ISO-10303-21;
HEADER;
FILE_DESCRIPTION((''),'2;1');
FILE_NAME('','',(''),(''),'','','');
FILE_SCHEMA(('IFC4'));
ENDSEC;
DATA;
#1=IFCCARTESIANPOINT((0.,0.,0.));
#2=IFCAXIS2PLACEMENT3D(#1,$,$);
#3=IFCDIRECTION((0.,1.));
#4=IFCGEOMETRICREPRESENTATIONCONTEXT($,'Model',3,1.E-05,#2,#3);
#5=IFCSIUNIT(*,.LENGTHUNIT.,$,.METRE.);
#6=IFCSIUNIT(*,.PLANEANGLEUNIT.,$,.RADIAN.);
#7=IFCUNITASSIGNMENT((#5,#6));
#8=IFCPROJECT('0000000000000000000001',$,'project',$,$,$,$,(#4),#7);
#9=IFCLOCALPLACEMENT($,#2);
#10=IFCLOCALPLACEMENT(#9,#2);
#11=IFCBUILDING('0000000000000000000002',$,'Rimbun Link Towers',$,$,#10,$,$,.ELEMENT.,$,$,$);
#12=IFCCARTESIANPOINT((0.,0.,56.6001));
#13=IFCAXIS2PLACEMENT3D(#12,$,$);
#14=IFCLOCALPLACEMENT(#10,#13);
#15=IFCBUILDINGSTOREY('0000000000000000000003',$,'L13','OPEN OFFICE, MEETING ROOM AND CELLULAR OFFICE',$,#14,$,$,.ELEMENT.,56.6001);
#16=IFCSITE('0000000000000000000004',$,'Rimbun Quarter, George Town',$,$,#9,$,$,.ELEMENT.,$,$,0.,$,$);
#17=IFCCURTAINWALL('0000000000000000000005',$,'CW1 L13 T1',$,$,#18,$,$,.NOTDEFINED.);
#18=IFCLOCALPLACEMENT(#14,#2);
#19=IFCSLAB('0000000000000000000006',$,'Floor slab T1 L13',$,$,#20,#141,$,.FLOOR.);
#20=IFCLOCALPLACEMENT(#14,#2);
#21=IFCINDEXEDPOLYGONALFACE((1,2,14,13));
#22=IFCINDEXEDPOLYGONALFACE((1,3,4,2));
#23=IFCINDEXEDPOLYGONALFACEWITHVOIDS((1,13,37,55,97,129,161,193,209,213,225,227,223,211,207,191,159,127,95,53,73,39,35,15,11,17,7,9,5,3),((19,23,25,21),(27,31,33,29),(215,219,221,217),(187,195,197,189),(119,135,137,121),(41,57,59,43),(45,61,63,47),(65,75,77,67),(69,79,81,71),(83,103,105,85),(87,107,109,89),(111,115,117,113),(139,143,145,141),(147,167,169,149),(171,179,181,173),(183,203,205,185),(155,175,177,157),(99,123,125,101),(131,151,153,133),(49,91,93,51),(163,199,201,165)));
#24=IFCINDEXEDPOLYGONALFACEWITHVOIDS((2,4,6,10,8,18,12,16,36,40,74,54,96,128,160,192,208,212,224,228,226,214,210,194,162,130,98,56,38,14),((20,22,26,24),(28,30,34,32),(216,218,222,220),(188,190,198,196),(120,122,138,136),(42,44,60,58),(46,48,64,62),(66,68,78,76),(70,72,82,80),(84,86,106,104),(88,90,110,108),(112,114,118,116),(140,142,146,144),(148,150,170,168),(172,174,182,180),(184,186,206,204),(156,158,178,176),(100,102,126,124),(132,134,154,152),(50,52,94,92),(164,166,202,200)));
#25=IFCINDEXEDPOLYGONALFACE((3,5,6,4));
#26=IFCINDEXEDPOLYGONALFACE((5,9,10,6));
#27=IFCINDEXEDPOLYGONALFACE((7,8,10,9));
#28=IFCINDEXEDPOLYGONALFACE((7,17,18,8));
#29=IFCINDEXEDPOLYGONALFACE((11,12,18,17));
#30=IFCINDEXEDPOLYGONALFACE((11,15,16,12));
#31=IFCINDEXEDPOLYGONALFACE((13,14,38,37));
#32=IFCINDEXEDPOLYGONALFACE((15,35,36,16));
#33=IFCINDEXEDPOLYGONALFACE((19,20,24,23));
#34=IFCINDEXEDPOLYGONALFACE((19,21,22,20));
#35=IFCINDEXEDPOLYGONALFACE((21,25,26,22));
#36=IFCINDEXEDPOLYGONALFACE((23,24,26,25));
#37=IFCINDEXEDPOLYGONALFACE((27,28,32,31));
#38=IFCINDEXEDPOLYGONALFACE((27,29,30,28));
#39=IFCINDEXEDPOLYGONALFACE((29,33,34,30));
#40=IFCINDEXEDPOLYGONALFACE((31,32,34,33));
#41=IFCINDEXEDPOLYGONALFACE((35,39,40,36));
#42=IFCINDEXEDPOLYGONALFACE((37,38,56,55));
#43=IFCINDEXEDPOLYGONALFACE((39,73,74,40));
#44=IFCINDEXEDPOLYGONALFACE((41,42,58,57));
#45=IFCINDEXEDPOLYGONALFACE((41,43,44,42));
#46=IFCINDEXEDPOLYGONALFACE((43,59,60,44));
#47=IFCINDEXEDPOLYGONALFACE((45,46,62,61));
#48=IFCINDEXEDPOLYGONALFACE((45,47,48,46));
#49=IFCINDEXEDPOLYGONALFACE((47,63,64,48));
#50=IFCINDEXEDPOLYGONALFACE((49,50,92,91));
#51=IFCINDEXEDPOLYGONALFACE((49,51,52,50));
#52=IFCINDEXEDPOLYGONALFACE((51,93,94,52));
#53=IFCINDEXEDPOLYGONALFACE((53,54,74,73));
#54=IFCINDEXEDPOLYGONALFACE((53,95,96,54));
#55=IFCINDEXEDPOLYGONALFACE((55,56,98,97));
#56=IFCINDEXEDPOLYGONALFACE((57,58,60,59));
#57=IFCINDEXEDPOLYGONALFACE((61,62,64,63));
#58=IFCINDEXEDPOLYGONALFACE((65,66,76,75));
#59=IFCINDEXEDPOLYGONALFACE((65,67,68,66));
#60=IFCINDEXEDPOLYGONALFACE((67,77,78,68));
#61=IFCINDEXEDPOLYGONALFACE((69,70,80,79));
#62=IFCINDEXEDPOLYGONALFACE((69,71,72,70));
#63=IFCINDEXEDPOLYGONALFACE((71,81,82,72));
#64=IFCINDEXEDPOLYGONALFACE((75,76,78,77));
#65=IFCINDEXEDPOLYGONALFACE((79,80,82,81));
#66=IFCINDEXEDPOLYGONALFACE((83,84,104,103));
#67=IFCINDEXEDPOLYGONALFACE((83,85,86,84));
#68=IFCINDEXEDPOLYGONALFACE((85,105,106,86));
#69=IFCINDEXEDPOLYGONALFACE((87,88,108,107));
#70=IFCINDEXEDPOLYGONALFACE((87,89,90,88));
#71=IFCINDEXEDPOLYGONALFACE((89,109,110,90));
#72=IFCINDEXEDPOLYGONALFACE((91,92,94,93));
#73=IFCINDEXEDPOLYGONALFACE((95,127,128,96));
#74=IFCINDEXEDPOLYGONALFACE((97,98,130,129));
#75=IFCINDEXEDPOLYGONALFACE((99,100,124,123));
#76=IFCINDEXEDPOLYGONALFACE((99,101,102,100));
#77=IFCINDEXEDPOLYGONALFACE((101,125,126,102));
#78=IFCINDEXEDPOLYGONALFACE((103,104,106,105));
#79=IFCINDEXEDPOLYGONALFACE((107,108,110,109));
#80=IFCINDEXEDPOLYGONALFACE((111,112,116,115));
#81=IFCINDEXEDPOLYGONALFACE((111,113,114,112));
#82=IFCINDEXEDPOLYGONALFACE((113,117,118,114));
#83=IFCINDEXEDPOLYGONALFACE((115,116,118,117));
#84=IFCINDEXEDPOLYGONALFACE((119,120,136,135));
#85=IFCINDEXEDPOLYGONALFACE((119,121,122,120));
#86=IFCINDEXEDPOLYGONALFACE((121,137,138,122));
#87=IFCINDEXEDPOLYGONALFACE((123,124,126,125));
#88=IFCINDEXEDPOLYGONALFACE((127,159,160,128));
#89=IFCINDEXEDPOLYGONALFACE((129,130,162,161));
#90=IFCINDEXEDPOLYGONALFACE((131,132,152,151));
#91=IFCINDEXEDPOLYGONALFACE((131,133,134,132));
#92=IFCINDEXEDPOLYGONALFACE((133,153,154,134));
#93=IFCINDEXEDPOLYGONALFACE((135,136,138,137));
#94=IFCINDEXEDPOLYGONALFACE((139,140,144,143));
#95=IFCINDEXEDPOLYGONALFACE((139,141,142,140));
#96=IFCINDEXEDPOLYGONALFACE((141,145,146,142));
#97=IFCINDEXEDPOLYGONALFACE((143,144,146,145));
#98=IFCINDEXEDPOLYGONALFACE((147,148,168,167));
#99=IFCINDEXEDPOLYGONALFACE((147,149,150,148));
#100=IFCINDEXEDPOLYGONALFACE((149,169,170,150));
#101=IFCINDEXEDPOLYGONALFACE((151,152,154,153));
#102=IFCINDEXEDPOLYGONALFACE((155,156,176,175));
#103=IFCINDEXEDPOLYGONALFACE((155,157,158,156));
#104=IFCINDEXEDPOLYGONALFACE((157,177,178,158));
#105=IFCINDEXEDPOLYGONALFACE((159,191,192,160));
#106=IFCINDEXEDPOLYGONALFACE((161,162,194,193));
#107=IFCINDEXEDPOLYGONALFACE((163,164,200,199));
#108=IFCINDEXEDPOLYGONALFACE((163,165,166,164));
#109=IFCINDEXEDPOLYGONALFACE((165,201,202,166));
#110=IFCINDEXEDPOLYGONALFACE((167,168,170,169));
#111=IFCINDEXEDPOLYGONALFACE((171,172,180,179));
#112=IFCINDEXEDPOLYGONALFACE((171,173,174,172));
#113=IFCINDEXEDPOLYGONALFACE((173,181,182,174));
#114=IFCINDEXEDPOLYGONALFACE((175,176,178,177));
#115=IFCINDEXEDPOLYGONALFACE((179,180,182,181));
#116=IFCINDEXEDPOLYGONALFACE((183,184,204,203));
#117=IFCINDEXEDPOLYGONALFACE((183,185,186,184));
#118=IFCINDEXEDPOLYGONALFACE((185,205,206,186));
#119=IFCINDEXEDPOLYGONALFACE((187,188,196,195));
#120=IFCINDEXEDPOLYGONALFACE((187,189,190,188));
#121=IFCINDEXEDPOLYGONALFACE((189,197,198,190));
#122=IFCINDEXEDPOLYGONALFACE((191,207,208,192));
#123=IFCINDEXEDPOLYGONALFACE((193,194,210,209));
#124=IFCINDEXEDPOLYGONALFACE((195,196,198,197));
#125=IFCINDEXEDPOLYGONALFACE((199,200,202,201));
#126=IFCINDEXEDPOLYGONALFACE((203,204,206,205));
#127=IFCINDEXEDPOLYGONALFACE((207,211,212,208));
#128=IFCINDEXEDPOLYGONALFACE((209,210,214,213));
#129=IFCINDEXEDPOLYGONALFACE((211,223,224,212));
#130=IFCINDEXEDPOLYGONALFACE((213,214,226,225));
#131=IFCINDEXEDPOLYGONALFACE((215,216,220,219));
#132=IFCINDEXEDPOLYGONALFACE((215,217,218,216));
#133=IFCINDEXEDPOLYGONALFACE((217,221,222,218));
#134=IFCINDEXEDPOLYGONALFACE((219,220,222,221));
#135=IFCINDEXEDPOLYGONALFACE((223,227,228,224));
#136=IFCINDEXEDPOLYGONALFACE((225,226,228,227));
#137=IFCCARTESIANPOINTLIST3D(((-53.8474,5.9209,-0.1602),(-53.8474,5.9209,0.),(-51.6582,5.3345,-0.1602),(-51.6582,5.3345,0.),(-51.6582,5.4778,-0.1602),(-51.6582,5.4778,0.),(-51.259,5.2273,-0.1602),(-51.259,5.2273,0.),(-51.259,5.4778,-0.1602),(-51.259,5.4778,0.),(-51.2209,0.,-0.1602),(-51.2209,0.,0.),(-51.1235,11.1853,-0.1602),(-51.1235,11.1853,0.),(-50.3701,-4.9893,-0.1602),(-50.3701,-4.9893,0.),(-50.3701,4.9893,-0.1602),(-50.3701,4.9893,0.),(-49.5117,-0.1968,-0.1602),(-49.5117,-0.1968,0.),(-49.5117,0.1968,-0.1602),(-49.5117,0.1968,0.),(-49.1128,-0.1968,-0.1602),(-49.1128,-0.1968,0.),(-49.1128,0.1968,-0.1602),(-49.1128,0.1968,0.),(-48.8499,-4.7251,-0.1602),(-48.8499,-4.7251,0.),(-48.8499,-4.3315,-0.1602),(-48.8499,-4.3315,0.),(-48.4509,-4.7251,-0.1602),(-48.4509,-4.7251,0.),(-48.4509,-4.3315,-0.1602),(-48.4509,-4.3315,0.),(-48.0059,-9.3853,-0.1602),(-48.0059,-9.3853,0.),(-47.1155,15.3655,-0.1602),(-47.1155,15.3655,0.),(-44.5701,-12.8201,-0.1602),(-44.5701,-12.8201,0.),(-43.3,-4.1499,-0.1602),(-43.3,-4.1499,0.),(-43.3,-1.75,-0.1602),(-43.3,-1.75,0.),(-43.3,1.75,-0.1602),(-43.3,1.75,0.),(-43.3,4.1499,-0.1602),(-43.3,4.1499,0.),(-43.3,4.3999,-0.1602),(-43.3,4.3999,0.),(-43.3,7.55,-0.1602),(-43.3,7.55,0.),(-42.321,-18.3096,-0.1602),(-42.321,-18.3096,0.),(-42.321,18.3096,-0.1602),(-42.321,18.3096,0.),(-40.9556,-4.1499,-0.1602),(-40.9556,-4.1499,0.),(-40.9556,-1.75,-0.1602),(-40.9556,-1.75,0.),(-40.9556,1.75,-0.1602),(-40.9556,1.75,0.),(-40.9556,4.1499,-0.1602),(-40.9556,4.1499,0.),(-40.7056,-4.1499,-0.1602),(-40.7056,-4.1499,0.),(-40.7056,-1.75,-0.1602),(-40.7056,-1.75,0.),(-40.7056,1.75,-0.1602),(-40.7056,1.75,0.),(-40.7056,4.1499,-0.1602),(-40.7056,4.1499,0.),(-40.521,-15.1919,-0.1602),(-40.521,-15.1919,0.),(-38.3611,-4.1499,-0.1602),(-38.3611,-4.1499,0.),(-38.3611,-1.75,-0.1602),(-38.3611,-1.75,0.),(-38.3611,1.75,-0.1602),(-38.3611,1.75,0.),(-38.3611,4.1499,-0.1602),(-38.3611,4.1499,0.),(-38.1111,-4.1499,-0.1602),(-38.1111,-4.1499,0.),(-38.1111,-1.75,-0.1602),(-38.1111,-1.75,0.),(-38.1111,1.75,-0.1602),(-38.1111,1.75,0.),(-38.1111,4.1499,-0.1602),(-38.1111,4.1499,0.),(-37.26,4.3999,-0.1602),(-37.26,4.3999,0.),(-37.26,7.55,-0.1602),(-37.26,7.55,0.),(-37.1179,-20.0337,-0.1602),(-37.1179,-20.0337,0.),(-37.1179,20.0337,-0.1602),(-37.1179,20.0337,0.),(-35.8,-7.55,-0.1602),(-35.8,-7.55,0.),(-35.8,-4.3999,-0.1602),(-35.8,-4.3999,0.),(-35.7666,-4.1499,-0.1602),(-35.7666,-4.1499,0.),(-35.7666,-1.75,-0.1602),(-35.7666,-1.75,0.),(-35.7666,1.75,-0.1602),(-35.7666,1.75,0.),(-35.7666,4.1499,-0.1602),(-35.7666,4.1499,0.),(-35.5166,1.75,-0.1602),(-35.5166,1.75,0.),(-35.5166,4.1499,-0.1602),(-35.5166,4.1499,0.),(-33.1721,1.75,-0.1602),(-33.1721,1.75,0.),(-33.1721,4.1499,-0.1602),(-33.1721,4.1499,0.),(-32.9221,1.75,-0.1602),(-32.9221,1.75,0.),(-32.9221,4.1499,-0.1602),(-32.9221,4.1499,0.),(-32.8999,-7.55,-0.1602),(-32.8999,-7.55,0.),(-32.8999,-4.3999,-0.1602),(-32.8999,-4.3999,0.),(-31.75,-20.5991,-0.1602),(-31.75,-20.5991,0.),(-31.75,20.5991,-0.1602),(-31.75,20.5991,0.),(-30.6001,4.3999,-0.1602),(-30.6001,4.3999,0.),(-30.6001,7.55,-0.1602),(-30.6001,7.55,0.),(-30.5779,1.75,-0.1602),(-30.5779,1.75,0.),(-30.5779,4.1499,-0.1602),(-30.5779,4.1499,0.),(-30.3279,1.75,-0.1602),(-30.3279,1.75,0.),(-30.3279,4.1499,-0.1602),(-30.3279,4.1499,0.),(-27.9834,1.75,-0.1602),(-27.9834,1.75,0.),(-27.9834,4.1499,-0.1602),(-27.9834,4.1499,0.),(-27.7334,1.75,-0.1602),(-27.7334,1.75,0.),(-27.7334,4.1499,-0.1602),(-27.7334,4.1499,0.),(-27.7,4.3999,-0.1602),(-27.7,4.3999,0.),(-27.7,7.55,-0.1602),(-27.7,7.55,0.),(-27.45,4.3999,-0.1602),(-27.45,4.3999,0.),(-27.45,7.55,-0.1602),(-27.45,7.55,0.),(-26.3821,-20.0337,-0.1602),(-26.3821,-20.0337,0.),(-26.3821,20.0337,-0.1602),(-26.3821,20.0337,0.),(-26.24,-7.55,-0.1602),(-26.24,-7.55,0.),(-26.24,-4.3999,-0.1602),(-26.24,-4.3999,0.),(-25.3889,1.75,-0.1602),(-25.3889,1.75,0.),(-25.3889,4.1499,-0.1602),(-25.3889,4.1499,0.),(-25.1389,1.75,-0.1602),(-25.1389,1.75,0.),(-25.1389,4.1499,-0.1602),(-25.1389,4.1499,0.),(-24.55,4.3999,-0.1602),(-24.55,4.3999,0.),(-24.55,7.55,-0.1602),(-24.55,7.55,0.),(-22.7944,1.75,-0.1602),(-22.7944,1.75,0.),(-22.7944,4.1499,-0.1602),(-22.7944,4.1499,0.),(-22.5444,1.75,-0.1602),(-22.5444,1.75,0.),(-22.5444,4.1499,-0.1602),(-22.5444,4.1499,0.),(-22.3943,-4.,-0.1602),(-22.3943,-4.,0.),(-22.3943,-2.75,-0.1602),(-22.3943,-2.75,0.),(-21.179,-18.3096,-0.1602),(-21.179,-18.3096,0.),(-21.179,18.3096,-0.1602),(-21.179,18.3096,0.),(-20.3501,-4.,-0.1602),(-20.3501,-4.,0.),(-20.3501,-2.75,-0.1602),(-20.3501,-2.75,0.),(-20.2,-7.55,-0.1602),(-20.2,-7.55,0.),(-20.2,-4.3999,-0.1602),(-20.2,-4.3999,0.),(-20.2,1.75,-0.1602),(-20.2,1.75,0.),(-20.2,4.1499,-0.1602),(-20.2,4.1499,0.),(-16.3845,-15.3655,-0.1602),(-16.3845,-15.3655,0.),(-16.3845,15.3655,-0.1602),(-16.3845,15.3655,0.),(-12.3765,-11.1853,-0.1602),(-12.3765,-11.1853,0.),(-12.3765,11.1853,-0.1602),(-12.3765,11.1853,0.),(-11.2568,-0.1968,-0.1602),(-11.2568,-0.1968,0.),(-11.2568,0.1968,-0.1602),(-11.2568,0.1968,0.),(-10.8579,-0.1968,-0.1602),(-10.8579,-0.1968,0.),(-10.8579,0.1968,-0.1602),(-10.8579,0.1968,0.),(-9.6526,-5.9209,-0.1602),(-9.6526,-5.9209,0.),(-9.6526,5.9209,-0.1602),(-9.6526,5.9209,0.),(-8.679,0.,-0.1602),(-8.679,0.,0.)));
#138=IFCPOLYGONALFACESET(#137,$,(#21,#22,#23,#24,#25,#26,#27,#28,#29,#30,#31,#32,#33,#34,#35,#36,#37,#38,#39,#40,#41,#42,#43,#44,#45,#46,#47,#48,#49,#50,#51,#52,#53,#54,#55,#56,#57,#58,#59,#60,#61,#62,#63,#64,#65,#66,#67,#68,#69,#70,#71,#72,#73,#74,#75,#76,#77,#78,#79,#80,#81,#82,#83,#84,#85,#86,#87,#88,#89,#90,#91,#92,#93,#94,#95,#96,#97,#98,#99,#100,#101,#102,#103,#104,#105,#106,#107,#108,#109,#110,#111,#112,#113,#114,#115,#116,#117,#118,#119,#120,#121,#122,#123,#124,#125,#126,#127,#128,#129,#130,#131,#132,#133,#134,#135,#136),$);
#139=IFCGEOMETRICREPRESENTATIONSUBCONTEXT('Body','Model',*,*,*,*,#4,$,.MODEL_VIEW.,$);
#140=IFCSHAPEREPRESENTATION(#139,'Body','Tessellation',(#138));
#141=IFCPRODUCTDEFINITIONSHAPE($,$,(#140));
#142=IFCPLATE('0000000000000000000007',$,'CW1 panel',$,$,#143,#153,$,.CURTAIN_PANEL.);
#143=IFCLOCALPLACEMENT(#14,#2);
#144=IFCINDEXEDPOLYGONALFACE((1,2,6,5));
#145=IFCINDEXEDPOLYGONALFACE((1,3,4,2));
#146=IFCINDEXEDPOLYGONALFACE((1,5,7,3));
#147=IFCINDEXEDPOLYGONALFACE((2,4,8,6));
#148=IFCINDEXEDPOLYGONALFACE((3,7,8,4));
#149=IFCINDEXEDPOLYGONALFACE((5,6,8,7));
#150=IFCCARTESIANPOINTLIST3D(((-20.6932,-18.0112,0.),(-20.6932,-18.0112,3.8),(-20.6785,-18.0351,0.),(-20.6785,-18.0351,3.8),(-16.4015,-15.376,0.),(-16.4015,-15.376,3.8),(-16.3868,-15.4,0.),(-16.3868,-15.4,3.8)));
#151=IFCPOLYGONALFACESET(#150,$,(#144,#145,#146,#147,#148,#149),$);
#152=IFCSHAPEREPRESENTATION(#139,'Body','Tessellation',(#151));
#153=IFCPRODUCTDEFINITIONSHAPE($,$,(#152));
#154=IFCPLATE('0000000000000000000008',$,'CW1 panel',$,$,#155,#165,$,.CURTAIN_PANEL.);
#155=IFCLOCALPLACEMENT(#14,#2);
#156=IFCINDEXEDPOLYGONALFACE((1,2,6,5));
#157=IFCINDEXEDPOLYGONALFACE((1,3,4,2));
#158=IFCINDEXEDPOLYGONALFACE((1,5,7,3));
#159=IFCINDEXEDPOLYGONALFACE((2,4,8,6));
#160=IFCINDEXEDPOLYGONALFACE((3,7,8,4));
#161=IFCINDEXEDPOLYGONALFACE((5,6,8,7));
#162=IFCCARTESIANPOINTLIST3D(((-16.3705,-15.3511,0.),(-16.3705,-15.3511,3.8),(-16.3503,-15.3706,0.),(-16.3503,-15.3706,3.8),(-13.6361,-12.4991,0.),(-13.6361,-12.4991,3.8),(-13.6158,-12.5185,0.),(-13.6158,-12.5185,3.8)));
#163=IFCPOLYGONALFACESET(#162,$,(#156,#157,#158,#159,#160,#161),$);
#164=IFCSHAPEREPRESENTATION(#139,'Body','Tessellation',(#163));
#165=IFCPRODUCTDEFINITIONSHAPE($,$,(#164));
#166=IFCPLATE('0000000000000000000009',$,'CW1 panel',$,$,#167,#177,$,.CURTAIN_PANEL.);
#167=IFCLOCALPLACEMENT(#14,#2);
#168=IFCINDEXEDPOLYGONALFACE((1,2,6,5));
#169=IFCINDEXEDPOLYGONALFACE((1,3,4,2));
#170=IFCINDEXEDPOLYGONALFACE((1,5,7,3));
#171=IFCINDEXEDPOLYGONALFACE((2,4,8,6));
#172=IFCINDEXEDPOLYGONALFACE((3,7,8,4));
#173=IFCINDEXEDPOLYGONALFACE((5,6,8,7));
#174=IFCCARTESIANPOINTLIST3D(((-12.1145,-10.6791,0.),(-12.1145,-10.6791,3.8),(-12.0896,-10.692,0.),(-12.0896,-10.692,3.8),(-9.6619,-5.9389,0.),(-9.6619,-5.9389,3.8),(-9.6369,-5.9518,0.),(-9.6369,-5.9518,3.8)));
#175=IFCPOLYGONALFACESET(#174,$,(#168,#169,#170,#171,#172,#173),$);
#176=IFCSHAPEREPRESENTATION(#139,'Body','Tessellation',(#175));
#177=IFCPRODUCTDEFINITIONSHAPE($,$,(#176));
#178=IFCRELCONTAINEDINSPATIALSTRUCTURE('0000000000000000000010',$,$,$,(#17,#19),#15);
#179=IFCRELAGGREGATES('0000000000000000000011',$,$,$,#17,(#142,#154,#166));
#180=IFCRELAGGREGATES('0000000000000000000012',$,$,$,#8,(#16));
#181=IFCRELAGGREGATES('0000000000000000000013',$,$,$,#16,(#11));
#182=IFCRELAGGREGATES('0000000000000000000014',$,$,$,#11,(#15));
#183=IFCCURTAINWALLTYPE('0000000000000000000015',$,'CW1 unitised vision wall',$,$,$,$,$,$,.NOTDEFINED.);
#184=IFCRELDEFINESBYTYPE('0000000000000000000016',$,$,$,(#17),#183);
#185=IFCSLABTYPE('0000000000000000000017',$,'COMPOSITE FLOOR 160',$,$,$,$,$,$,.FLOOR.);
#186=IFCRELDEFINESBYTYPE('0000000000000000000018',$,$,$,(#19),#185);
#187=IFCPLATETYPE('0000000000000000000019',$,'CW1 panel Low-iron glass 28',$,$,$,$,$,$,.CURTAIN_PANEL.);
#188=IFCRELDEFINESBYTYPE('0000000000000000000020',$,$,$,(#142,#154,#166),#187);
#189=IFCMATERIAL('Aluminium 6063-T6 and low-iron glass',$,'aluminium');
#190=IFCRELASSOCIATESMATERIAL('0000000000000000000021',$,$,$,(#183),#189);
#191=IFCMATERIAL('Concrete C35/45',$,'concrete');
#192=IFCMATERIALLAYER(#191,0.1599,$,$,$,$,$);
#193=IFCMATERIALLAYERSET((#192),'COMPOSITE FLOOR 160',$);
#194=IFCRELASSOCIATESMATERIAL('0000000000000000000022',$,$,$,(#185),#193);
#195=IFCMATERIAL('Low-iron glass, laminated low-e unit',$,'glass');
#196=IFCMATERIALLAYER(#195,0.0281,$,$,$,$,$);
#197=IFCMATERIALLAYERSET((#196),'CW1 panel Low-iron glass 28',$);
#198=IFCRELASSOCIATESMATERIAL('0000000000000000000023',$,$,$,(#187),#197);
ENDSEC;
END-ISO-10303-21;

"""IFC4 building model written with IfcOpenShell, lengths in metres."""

from ifc_helpers import new_model, si_unit, direction, frame, origin, origin_2d, place, context, subcontext, project, spatial, polyline, rectangle, outline, extrude, material, layer, layer_set, type_object, element, aggregate, save


model = new_model("IFC4")

# Units and contexts
model_context = context("Model", 3, precision=1e-05, world=origin(), true_north=direction((0.0, 1.0)))
body_context = subcontext(model_context, "Body", "Model", "MODEL_VIEW")
ifc_project = project(units=[si_unit("LENGTHUNIT", "METRE"), si_unit("PLANEANGLEUNIT", "RADIAN")], contexts=[model_context])

# Site, building, storey
site_placement = place(None, origin())
site = spatial("IfcSite", under=ifc_project, at=site_placement, Name="Rimbun Quarter, George Town", CompositionType="ELEMENT", RefElevation=0.0)
building_placement = place(site_placement, origin())
building = spatial("IfcBuilding", under=site, at=building_placement, Name="Rimbun Link Towers", CompositionType="ELEMENT")
storey_placement = place(building_placement, frame((0.0, 0.0, 56.6001)))
storey = spatial("IfcBuildingStorey", under=building, at=storey_placement, Name="L13", Description="OPEN OFFICE, MEETING ROOM AND CELLULAR OFFICE", CompositionType="ELEMENT", Elevation=56.6001)

# Curtain wall
ifc_material_1 = material(Name="Aluminium 6063-T6 and low-iron glass", Category="aluminium")
curtain_wall_type = type_object("IfcCurtainWallType", Name="CW1 unitised vision wall", PredefinedType="NOTDEFINED", material=ifc_material_1)
curtain_wall_placement = place(storey_placement, origin())
curtain_wall = element("IfcCurtainWall", 1, at=curtain_wall_placement, inside=storey, type_object=curtain_wall_type, Name="CW1 L13 T1", PredefinedType="NOTDEFINED")

# Slab
ifc_material_2 = material(Name="Concrete C35/45", Category="concrete")
ifc_layer_1 = layer(ifc_material_2, 0.1599)
ifc_layer_set_1 = layer_set([ifc_layer_1], Name="COMPOSITE FLOOR 160")
slab_type = type_object("IfcSlabType", Name="COMPOSITE FLOOR 160", PredefinedType="FLOOR", material=ifc_layer_set_1)
slab_placement = place(storey_placement, frame((0.0, 0.0, -0.1602)))
element("IfcSlab", 2, at=slab_placement, inside=storey, type_object=slab_type, Name="Floor slab T1 L13", PredefinedType="FLOOR", context=body_context, shape_type="SweptSolid", body=[
    extrude(outline(polyline([(-53.8474, 5.9209), (-51.1235, 11.1853), (-47.1155, 15.3655), (-42.321, 18.3096), (-37.1179, 20.0337), (-31.75, 20.5991), (-26.3821, 20.0337), (-21.179, 18.3096), (-16.3845, 15.3655), (-12.3765, 11.1853), (-9.6526, 5.9209), (-8.679, 0.0), (-9.6526, -5.9209), (-12.3765, -11.1853), (-16.3845, -15.3655), (-21.179, -18.3096), (-26.3821, -20.0337), (-31.75, -20.5991), (-37.1179, -20.0337), (-42.321, -18.3096), (-40.521, -15.1919), (-44.5701, -12.8201), (-48.0059, -9.3853), (-50.3701, -4.9893), (-51.2209, 0.0), (-50.3701, 4.9893), (-51.259, 5.2273), (-51.259, 5.4778), (-51.6582, 5.4778), (-51.6582, 5.3345), (-53.8474, 5.9209)]), holes=[polyline([(-32.8999, -7.55), (-32.8999, -4.3999), (-35.8, -4.3999), (-35.8, -7.55), (-32.8999, -7.55)]), polyline([(-48.4509, -4.7251), (-48.4509, -4.3315), (-48.8499, -4.3315), (-48.8499, -4.7251), (-48.4509, -4.7251)]), polyline([(-40.9556, -4.1499), (-40.9556, -1.75), (-43.3, -1.75), (-43.3, -4.1499), (-40.9556, -4.1499)]), polyline([(-40.7056, -4.1499), (-38.3611, -4.1499), (-38.3611, -1.75), (-40.7056, -1.75), (-40.7056, -4.1499)]), polyline([(-38.1111, -4.1499), (-35.7666, -4.1499), (-35.7666, -1.75), (-38.1111, -1.75), (-38.1111, -4.1499)]), polyline([(-49.1128, -0.1968), (-49.1128, 0.1968), (-49.5117, 0.1968), (-49.5117, -0.1968), (-49.1128, -0.1968)]), polyline([(-43.3, 1.75), (-40.9556, 1.75), (-40.9556, 4.1499), (-43.3, 4.1499), (-43.3, 1.75)]), polyline([(-40.7056, 1.75), (-38.3611, 1.75), (-38.3611, 4.1499), (-40.7056, 4.1499), (-40.7056, 1.75)]), polyline([(-35.7666, 1.75), (-35.7666, 4.1499), (-38.1111, 4.1499), (-38.1111, 1.75), (-35.7666, 1.75)]), polyline([(-43.3, 4.3999), (-37.26, 4.3999), (-37.26, 7.55), (-43.3, 7.55), (-43.3, 4.3999)]), polyline([(-20.2, -7.55), (-20.2, -4.3999), (-26.24, -4.3999), (-26.24, -7.55), (-20.2, -7.55)]), polyline([(-22.3943, -4.0), (-20.3501, -4.0), (-20.3501, -2.75), (-22.3943, -2.75), (-22.3943, -4.0)]), polyline([(-10.8579, -0.1968), (-10.8579, 0.1968), (-11.2568, 0.1968), (-11.2568, -0.1968), (-10.8579, -0.1968)]), polyline([(-35.5166, 1.75), (-33.1721, 1.75), (-33.1721, 4.1499), (-35.5166, 4.1499), (-35.5166, 1.75)]), polyline([(-32.9221, 1.75), (-30.5779, 1.75), (-30.5779, 4.1499), (-32.9221, 4.1499), (-32.9221, 1.75)]), polyline([(-27.9834, 1.75), (-27.9834, 4.1499), (-30.3279, 4.1499), (-30.3279, 1.75), (-27.9834, 1.75)]), polyline([(-27.7334, 1.75), (-25.3889, 1.75), (-25.3889, 4.1499), (-27.7334, 4.1499), (-27.7334, 1.75)]), polyline([(-25.1389, 1.75), (-22.7944, 1.75), (-22.7944, 4.1499), (-25.1389, 4.1499), (-25.1389, 1.75)]), polyline([(-20.2, 1.75), (-20.2, 4.1499), (-22.5444, 4.1499), (-22.5444, 1.75), (-20.2, 1.75)]), polyline([(-30.6001, 4.3999), (-27.7, 4.3999), (-27.7, 7.55), (-30.6001, 7.55), (-30.6001, 4.3999)]), polyline([(-27.45, 4.3999), (-24.55, 4.3999), (-24.55, 7.55), (-27.45, 7.55), (-27.45, 4.3999)])]), origin(), (0.0, 0.0, 1.0), 0.1602),
])

# Plates
ifc_material_3 = material(Name="Low-iron glass, laminated low-e unit", Category="glass")
ifc_layer_2 = layer(ifc_material_3, 0.0281)
ifc_layer_set_2 = layer_set([ifc_layer_2], Name="CW1 panel Low-iron glass 28")
plate_type = type_object("IfcPlateType", Name="CW1 panel Low-iron glass 28", PredefinedType="CURTAIN_PANEL", material=ifc_layer_set_2)
plate_1_placement = place(storey_placement, frame((-18.54, -16.7056, 0.0), z_axis=(0.0, 0.0, 1.0), x_axis=(-0.852183, -0.523243, 0.0)))
plate_1 = element("IfcPlate", 3, at=plate_1_placement, type_object=plate_type, Name="CW1 panel", PredefinedType="CURTAIN_PANEL", context=body_context, shape_type="SweptSolid", body=[
    extrude(rectangle(XDim=5.0361, YDim=0.0281, at=origin_2d()), origin(), (0.0, 0.0, 1.0), 3.8),
])
plate_2_placement = place(storey_placement, frame((-14.9932, -13.9348, 0.0), z_axis=(0.0, 0.0, 1.0), x_axis=(-0.692065, -0.721835, 0.0)))
plate_2 = element("IfcPlate", 4, at=plate_2_placement, type_object=plate_type, Name="CW1 panel", PredefinedType="CURTAIN_PANEL", context=body_context, shape_type="SweptSolid", body=[
    extrude(rectangle(XDim=3.9512, YDim=0.0281, at=origin_2d()), origin(), (0.0, 0.0, 1.0), 3.8),
])
plate_3_placement = place(storey_placement, frame((-10.8757, -8.3154, 0.0), z_axis=(0.0, 0.0, 1.0), x_axis=(-0.459541, -0.888157, 0.0)))
plate_3 = element("IfcPlate", 5, at=plate_3_placement, type_object=plate_type, Name="CW1 panel", PredefinedType="CURTAIN_PANEL", context=body_context, shape_type="SweptSolid", body=[
    extrude(rectangle(XDim=5.3372, YDim=0.0281, at=origin_2d()), origin(), (0.0, 0.0, 1.0), 3.8),
])
aggregate(curtain_wall, [plate_1, plate_2, plate_3])

save(model, "model.ifc")
